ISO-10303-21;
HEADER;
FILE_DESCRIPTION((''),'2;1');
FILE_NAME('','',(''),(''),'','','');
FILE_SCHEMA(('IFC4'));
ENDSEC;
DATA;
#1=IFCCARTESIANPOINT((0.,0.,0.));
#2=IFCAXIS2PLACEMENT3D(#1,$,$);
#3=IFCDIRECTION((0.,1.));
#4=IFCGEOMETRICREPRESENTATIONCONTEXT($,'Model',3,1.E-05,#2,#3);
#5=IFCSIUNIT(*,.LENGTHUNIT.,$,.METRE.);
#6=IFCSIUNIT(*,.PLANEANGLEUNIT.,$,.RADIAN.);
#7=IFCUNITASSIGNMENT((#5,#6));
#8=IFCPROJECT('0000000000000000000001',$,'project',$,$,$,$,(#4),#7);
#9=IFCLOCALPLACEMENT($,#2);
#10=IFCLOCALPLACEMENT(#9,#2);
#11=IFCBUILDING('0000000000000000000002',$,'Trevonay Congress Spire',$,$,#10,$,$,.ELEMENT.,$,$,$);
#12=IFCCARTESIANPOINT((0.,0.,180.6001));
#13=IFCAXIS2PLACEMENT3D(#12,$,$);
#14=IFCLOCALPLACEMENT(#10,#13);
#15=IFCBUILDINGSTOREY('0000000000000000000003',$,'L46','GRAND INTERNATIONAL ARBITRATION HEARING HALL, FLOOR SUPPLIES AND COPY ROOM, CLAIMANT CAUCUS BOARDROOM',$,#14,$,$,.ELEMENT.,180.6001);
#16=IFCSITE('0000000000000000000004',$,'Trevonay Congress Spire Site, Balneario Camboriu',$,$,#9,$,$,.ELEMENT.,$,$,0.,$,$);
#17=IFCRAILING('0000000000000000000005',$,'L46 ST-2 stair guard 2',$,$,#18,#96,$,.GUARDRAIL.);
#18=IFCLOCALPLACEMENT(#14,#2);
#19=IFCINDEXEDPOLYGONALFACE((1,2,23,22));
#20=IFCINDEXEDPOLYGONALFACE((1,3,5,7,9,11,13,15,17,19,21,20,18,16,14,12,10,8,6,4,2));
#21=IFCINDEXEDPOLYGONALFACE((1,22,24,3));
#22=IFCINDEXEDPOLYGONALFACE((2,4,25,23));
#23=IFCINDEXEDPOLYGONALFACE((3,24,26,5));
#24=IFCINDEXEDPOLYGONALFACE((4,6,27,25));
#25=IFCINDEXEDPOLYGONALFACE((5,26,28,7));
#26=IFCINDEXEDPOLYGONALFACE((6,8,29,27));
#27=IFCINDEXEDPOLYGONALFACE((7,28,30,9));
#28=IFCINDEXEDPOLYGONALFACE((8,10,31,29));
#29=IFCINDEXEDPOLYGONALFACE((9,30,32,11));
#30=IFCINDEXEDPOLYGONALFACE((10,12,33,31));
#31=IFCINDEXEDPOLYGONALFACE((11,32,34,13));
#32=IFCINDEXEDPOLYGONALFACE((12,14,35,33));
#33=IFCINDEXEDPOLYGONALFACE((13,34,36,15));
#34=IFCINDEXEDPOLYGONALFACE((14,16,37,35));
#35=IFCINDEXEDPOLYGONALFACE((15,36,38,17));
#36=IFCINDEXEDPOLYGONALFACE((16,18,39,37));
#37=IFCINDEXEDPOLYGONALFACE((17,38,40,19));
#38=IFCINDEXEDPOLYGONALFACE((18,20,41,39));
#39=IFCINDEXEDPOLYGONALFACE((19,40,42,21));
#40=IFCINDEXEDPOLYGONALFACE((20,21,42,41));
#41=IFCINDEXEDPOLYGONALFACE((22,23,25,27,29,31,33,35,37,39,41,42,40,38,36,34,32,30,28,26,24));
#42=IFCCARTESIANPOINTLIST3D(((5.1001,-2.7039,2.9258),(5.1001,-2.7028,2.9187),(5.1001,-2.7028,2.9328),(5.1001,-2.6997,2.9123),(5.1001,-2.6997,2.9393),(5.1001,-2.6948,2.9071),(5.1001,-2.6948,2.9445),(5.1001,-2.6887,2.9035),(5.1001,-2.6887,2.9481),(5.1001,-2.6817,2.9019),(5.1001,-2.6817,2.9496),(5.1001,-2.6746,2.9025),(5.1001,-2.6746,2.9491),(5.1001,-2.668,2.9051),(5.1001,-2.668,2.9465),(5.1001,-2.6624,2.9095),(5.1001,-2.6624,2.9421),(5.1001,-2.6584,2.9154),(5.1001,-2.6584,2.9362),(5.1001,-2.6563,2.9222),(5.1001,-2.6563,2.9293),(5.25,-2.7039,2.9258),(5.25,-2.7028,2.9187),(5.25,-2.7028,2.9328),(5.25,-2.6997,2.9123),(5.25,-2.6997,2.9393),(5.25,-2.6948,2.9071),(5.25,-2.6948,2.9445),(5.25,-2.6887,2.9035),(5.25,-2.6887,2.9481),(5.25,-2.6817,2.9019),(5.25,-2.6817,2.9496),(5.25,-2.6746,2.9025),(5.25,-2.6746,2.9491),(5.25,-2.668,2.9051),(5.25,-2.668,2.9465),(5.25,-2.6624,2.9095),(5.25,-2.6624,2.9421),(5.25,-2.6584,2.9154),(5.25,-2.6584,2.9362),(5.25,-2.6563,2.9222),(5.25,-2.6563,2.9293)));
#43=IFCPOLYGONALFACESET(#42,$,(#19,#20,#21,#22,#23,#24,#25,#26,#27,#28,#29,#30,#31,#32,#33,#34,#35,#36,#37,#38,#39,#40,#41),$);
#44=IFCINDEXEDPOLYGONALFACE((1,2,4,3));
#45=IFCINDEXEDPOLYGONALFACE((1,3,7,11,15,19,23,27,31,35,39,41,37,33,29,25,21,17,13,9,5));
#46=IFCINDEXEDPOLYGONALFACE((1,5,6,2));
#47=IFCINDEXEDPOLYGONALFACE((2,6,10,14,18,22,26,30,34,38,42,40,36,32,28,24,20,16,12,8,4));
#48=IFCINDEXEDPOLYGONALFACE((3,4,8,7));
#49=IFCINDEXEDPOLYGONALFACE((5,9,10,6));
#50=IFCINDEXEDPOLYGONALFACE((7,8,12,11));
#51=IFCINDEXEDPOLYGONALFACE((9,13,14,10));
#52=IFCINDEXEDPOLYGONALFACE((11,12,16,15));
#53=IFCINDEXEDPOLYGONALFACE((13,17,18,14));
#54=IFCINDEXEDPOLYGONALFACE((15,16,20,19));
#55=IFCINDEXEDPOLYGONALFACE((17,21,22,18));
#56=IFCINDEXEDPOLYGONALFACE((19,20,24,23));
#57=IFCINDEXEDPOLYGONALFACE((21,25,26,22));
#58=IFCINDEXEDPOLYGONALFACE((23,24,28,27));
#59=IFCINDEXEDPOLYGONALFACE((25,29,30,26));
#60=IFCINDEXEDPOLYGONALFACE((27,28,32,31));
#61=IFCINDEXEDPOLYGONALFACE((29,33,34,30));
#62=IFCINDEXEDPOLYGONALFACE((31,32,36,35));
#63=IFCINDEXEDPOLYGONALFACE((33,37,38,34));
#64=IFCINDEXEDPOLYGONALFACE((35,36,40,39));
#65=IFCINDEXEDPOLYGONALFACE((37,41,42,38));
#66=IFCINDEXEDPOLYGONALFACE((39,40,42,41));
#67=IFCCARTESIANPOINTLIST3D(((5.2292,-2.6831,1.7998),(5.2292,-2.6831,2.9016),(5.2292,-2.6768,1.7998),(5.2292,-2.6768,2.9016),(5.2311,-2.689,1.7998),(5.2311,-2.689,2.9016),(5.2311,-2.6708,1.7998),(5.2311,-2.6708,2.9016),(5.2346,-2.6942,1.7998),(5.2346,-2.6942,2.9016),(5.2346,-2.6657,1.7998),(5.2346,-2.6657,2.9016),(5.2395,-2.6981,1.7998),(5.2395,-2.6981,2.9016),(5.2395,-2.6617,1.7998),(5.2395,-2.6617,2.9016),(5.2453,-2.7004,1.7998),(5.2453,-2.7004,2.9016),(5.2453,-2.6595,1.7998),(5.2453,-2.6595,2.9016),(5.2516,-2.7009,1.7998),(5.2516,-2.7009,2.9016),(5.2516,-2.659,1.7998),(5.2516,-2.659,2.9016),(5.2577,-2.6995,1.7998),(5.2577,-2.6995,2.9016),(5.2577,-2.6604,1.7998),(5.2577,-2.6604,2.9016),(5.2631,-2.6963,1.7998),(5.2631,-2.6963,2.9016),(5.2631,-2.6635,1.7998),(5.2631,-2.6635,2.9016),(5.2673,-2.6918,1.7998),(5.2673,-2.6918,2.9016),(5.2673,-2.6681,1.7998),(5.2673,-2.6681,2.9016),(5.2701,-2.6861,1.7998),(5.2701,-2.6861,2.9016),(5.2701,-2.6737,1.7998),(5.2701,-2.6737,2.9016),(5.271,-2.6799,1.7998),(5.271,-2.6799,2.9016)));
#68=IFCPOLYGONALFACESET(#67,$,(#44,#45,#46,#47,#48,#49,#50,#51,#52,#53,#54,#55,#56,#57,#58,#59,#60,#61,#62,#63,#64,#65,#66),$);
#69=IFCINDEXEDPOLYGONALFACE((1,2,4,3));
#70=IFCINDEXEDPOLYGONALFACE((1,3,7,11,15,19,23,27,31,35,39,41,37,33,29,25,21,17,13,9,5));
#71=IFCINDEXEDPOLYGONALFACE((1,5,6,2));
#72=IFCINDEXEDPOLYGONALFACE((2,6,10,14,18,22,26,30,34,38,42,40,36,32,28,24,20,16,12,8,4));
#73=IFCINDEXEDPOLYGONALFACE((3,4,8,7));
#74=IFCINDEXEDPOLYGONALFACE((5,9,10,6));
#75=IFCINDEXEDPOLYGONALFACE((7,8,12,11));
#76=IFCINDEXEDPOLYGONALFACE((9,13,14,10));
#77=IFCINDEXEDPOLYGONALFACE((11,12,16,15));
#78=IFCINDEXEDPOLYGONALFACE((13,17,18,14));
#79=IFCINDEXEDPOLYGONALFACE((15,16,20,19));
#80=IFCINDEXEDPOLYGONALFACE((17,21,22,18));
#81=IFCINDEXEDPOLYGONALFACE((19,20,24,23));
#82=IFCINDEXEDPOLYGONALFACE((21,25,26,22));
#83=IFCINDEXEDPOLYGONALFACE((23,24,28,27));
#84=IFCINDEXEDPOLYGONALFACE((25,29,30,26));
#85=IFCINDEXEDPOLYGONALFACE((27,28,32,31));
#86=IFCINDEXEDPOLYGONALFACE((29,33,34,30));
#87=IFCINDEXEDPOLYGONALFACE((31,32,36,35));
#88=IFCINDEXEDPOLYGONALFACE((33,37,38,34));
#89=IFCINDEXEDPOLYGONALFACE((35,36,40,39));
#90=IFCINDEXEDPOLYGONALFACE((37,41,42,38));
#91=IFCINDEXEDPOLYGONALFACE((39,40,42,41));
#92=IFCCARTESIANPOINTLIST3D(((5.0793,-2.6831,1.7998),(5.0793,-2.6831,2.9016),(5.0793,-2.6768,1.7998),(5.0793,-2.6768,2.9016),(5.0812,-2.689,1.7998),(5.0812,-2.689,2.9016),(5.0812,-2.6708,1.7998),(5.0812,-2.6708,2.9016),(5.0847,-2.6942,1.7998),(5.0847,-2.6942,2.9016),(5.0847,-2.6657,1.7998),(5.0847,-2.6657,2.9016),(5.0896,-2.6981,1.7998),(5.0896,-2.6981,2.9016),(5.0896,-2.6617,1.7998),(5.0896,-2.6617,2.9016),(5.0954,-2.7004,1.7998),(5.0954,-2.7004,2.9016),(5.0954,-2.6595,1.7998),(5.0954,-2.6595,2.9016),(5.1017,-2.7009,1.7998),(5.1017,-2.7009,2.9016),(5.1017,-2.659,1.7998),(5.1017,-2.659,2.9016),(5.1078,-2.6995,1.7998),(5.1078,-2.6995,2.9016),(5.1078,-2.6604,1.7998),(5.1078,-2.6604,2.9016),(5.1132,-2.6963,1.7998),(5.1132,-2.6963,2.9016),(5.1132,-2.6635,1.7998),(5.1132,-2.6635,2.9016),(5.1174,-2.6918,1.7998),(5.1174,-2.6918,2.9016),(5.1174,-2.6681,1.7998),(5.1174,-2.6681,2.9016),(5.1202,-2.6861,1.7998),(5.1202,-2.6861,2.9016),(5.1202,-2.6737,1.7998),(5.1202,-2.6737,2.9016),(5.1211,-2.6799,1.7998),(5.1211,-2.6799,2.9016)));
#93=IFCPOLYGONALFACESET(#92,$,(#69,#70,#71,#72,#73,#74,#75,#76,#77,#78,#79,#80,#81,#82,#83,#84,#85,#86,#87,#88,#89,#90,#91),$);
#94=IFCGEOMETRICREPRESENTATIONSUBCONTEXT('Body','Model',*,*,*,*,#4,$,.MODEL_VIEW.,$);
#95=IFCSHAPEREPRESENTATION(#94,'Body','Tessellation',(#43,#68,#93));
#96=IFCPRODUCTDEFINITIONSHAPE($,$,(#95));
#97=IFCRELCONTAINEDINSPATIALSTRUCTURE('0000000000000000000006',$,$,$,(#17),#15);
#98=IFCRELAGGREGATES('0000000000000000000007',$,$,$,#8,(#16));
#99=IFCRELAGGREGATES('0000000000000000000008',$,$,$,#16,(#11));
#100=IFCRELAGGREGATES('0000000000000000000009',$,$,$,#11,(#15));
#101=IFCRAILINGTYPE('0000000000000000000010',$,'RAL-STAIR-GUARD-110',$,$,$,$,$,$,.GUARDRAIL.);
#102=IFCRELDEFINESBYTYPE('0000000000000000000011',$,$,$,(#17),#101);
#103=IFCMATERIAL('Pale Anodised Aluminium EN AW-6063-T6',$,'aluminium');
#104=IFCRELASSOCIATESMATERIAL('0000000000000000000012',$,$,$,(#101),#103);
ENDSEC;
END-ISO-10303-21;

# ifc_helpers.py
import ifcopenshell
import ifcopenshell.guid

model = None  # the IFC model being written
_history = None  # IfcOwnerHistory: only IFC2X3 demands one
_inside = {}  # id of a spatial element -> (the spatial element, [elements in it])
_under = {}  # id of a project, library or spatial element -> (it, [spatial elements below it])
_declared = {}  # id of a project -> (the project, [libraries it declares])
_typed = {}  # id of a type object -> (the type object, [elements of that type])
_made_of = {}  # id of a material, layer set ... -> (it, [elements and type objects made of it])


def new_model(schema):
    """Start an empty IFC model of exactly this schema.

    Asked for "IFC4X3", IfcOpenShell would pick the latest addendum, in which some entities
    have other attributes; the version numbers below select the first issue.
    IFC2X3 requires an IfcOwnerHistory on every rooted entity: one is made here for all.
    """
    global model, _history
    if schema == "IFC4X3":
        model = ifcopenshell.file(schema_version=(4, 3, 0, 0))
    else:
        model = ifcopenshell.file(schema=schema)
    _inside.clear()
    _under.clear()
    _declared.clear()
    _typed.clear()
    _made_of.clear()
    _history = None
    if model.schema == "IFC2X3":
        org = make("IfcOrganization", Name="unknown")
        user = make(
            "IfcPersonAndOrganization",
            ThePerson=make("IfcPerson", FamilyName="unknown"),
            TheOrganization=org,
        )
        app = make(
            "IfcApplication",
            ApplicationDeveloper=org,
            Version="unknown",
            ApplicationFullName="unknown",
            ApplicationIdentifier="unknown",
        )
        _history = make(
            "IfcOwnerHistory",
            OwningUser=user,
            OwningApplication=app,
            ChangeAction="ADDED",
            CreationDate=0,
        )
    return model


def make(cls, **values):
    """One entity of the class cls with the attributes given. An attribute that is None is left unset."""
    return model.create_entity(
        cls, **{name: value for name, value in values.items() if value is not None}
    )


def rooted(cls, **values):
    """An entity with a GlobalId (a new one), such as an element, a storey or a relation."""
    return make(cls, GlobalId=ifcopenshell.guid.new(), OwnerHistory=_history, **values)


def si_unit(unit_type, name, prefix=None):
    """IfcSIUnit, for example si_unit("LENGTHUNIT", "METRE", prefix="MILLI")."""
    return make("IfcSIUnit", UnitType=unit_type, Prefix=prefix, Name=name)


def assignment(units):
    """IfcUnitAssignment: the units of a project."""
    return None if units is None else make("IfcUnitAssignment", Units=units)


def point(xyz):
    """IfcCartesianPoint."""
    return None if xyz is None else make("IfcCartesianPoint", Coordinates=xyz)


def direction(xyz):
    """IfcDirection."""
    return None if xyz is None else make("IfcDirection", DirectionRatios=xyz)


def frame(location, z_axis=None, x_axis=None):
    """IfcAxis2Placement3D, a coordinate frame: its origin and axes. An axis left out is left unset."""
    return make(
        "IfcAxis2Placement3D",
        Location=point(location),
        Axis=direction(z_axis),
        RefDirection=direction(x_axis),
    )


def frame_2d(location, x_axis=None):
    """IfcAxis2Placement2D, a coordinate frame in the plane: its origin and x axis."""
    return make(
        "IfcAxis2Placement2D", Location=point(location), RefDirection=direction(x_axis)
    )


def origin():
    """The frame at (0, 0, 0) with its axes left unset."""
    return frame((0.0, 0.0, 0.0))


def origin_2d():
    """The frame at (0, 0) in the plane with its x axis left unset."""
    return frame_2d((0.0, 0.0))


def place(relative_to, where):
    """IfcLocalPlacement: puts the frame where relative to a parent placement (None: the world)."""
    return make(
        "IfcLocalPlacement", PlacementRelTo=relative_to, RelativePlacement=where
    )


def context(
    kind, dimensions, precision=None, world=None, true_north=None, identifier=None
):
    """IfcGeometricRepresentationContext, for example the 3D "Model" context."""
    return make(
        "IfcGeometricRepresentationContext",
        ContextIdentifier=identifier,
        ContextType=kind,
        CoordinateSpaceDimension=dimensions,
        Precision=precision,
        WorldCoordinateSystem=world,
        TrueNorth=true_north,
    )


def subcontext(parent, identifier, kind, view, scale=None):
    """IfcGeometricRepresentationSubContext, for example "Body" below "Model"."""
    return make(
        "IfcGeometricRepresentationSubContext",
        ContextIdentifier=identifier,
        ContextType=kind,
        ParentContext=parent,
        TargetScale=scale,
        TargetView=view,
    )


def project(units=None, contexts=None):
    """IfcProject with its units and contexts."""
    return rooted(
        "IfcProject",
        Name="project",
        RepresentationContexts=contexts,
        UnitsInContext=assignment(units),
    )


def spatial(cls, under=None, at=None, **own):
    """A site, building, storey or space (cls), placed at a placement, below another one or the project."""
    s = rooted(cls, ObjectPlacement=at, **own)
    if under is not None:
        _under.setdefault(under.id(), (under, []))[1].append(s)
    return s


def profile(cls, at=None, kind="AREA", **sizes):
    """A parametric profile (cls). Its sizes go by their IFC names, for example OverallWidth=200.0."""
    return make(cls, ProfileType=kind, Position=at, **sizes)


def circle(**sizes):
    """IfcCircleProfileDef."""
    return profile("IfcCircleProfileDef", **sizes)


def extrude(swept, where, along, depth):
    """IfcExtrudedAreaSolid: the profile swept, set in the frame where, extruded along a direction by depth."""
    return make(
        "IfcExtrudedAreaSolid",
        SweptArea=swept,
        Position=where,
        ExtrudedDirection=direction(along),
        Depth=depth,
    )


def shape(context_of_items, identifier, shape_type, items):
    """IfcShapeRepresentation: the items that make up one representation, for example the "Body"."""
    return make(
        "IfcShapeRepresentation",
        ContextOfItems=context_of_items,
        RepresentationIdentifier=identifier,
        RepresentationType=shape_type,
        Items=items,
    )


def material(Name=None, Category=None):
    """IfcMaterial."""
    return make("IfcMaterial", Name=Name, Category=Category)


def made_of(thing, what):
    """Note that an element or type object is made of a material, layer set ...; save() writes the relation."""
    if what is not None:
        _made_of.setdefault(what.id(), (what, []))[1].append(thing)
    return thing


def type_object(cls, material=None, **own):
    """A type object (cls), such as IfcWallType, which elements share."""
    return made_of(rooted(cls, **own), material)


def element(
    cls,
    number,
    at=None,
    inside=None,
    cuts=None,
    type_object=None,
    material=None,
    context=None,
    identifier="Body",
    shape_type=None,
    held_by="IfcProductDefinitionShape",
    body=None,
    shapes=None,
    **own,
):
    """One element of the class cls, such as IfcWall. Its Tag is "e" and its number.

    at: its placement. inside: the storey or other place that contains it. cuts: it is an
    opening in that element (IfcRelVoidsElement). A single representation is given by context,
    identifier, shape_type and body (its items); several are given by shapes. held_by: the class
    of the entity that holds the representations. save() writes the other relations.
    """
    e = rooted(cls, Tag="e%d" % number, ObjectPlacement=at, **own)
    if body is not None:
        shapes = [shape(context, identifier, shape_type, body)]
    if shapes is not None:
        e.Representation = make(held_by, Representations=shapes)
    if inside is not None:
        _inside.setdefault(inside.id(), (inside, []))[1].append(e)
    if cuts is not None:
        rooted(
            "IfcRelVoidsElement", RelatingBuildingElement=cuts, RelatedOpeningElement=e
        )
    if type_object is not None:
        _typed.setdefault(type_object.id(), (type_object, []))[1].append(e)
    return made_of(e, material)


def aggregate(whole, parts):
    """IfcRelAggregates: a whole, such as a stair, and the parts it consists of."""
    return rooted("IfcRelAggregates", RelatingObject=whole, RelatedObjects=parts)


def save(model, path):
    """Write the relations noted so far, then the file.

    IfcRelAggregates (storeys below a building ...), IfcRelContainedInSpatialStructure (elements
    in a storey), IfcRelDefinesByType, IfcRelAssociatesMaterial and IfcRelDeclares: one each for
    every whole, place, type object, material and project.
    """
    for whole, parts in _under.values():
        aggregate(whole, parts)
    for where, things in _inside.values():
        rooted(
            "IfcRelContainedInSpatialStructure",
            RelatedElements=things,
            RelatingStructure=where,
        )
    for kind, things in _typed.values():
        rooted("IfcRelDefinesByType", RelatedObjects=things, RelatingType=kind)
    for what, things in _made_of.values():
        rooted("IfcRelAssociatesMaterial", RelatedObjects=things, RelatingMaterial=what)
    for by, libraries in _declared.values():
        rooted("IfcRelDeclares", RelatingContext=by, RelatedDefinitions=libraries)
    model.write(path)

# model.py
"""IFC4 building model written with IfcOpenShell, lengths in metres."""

from ifc_helpers import new_model, si_unit, direction, frame, origin, origin_2d, place, context, subcontext, project, spatial, circle, extrude, material, type_object, element, save


model = new_model("IFC4")

# Units and contexts
model_context = context("Model", 3, precision=1e-05, world=origin(), true_north=direction((0.0, 1.0)))
body_context = subcontext(model_context, "Body", "Model", "MODEL_VIEW")
ifc_project = project(units=[si_unit("LENGTHUNIT", "METRE"), si_unit("PLANEANGLEUNIT", "RADIAN")], contexts=[model_context])

# Site, building, storey
site_placement = place(None, origin())
site = spatial("IfcSite", under=ifc_project, at=site_placement, Name="Trevonay Congress Spire Site, Balneario Camboriu", CompositionType="ELEMENT", RefElevation=0.0)
building_placement = place(site_placement, origin())
building = spatial("IfcBuilding", under=site, at=building_placement, Name="Trevonay Congress Spire", CompositionType="ELEMENT")
storey_placement = place(building_placement, frame((0.0, 0.0, 180.6001)))
storey = spatial("IfcBuildingStorey", under=building, at=storey_placement, Name="L46", Description="GRAND INTERNATIONAL ARBITRATION HEARING HALL, FLOOR SUPPLIES AND COPY ROOM, CLAIMANT CAUCUS BOARDROOM", CompositionType="ELEMENT", Elevation=180.6001)

# Shared definitions
ifc_material_1 = material(Name="Pale Anodised Aluminium EN AW-6063-T6", Category="aluminium")

# Railing
railing_type_1 = type_object("IfcRailingType", Name="RAL-STAIR-GUARD-110", PredefinedType="GUARDRAIL", material=ifc_material_1)
railing_1_placement = place(storey_placement, frame((5.25, -2.6799, 1.7998)))
element("IfcRailing", 1, at=railing_1_placement, inside=storey, type_object=railing_type_1, Name="L46 ST-2 stair guard 2", PredefinedType="GUARDRAIL", context=body_context, shape_type="SweptSolid", body=[
    extrude(circle(Radius=0.0239, at=origin_2d()), frame((0.0, 0.0, 1.126), z_axis=(-1.0, 0.0, 0.0), x_axis=(0.0, -1.0, 0.0)), (0.0, 0.0, 1.0), 0.1499),
    extrude(circle(Radius=0.021, at=origin_2d()), origin(), (0.0, 0.0, 1.0), 1.1018),
    extrude(circle(Radius=0.021, at=origin_2d()), frame((-0.1499, 0.0, 0.0)), (0.0, 0.0, 1.0), 1.1018),
])

save(model, "model.ifc")
